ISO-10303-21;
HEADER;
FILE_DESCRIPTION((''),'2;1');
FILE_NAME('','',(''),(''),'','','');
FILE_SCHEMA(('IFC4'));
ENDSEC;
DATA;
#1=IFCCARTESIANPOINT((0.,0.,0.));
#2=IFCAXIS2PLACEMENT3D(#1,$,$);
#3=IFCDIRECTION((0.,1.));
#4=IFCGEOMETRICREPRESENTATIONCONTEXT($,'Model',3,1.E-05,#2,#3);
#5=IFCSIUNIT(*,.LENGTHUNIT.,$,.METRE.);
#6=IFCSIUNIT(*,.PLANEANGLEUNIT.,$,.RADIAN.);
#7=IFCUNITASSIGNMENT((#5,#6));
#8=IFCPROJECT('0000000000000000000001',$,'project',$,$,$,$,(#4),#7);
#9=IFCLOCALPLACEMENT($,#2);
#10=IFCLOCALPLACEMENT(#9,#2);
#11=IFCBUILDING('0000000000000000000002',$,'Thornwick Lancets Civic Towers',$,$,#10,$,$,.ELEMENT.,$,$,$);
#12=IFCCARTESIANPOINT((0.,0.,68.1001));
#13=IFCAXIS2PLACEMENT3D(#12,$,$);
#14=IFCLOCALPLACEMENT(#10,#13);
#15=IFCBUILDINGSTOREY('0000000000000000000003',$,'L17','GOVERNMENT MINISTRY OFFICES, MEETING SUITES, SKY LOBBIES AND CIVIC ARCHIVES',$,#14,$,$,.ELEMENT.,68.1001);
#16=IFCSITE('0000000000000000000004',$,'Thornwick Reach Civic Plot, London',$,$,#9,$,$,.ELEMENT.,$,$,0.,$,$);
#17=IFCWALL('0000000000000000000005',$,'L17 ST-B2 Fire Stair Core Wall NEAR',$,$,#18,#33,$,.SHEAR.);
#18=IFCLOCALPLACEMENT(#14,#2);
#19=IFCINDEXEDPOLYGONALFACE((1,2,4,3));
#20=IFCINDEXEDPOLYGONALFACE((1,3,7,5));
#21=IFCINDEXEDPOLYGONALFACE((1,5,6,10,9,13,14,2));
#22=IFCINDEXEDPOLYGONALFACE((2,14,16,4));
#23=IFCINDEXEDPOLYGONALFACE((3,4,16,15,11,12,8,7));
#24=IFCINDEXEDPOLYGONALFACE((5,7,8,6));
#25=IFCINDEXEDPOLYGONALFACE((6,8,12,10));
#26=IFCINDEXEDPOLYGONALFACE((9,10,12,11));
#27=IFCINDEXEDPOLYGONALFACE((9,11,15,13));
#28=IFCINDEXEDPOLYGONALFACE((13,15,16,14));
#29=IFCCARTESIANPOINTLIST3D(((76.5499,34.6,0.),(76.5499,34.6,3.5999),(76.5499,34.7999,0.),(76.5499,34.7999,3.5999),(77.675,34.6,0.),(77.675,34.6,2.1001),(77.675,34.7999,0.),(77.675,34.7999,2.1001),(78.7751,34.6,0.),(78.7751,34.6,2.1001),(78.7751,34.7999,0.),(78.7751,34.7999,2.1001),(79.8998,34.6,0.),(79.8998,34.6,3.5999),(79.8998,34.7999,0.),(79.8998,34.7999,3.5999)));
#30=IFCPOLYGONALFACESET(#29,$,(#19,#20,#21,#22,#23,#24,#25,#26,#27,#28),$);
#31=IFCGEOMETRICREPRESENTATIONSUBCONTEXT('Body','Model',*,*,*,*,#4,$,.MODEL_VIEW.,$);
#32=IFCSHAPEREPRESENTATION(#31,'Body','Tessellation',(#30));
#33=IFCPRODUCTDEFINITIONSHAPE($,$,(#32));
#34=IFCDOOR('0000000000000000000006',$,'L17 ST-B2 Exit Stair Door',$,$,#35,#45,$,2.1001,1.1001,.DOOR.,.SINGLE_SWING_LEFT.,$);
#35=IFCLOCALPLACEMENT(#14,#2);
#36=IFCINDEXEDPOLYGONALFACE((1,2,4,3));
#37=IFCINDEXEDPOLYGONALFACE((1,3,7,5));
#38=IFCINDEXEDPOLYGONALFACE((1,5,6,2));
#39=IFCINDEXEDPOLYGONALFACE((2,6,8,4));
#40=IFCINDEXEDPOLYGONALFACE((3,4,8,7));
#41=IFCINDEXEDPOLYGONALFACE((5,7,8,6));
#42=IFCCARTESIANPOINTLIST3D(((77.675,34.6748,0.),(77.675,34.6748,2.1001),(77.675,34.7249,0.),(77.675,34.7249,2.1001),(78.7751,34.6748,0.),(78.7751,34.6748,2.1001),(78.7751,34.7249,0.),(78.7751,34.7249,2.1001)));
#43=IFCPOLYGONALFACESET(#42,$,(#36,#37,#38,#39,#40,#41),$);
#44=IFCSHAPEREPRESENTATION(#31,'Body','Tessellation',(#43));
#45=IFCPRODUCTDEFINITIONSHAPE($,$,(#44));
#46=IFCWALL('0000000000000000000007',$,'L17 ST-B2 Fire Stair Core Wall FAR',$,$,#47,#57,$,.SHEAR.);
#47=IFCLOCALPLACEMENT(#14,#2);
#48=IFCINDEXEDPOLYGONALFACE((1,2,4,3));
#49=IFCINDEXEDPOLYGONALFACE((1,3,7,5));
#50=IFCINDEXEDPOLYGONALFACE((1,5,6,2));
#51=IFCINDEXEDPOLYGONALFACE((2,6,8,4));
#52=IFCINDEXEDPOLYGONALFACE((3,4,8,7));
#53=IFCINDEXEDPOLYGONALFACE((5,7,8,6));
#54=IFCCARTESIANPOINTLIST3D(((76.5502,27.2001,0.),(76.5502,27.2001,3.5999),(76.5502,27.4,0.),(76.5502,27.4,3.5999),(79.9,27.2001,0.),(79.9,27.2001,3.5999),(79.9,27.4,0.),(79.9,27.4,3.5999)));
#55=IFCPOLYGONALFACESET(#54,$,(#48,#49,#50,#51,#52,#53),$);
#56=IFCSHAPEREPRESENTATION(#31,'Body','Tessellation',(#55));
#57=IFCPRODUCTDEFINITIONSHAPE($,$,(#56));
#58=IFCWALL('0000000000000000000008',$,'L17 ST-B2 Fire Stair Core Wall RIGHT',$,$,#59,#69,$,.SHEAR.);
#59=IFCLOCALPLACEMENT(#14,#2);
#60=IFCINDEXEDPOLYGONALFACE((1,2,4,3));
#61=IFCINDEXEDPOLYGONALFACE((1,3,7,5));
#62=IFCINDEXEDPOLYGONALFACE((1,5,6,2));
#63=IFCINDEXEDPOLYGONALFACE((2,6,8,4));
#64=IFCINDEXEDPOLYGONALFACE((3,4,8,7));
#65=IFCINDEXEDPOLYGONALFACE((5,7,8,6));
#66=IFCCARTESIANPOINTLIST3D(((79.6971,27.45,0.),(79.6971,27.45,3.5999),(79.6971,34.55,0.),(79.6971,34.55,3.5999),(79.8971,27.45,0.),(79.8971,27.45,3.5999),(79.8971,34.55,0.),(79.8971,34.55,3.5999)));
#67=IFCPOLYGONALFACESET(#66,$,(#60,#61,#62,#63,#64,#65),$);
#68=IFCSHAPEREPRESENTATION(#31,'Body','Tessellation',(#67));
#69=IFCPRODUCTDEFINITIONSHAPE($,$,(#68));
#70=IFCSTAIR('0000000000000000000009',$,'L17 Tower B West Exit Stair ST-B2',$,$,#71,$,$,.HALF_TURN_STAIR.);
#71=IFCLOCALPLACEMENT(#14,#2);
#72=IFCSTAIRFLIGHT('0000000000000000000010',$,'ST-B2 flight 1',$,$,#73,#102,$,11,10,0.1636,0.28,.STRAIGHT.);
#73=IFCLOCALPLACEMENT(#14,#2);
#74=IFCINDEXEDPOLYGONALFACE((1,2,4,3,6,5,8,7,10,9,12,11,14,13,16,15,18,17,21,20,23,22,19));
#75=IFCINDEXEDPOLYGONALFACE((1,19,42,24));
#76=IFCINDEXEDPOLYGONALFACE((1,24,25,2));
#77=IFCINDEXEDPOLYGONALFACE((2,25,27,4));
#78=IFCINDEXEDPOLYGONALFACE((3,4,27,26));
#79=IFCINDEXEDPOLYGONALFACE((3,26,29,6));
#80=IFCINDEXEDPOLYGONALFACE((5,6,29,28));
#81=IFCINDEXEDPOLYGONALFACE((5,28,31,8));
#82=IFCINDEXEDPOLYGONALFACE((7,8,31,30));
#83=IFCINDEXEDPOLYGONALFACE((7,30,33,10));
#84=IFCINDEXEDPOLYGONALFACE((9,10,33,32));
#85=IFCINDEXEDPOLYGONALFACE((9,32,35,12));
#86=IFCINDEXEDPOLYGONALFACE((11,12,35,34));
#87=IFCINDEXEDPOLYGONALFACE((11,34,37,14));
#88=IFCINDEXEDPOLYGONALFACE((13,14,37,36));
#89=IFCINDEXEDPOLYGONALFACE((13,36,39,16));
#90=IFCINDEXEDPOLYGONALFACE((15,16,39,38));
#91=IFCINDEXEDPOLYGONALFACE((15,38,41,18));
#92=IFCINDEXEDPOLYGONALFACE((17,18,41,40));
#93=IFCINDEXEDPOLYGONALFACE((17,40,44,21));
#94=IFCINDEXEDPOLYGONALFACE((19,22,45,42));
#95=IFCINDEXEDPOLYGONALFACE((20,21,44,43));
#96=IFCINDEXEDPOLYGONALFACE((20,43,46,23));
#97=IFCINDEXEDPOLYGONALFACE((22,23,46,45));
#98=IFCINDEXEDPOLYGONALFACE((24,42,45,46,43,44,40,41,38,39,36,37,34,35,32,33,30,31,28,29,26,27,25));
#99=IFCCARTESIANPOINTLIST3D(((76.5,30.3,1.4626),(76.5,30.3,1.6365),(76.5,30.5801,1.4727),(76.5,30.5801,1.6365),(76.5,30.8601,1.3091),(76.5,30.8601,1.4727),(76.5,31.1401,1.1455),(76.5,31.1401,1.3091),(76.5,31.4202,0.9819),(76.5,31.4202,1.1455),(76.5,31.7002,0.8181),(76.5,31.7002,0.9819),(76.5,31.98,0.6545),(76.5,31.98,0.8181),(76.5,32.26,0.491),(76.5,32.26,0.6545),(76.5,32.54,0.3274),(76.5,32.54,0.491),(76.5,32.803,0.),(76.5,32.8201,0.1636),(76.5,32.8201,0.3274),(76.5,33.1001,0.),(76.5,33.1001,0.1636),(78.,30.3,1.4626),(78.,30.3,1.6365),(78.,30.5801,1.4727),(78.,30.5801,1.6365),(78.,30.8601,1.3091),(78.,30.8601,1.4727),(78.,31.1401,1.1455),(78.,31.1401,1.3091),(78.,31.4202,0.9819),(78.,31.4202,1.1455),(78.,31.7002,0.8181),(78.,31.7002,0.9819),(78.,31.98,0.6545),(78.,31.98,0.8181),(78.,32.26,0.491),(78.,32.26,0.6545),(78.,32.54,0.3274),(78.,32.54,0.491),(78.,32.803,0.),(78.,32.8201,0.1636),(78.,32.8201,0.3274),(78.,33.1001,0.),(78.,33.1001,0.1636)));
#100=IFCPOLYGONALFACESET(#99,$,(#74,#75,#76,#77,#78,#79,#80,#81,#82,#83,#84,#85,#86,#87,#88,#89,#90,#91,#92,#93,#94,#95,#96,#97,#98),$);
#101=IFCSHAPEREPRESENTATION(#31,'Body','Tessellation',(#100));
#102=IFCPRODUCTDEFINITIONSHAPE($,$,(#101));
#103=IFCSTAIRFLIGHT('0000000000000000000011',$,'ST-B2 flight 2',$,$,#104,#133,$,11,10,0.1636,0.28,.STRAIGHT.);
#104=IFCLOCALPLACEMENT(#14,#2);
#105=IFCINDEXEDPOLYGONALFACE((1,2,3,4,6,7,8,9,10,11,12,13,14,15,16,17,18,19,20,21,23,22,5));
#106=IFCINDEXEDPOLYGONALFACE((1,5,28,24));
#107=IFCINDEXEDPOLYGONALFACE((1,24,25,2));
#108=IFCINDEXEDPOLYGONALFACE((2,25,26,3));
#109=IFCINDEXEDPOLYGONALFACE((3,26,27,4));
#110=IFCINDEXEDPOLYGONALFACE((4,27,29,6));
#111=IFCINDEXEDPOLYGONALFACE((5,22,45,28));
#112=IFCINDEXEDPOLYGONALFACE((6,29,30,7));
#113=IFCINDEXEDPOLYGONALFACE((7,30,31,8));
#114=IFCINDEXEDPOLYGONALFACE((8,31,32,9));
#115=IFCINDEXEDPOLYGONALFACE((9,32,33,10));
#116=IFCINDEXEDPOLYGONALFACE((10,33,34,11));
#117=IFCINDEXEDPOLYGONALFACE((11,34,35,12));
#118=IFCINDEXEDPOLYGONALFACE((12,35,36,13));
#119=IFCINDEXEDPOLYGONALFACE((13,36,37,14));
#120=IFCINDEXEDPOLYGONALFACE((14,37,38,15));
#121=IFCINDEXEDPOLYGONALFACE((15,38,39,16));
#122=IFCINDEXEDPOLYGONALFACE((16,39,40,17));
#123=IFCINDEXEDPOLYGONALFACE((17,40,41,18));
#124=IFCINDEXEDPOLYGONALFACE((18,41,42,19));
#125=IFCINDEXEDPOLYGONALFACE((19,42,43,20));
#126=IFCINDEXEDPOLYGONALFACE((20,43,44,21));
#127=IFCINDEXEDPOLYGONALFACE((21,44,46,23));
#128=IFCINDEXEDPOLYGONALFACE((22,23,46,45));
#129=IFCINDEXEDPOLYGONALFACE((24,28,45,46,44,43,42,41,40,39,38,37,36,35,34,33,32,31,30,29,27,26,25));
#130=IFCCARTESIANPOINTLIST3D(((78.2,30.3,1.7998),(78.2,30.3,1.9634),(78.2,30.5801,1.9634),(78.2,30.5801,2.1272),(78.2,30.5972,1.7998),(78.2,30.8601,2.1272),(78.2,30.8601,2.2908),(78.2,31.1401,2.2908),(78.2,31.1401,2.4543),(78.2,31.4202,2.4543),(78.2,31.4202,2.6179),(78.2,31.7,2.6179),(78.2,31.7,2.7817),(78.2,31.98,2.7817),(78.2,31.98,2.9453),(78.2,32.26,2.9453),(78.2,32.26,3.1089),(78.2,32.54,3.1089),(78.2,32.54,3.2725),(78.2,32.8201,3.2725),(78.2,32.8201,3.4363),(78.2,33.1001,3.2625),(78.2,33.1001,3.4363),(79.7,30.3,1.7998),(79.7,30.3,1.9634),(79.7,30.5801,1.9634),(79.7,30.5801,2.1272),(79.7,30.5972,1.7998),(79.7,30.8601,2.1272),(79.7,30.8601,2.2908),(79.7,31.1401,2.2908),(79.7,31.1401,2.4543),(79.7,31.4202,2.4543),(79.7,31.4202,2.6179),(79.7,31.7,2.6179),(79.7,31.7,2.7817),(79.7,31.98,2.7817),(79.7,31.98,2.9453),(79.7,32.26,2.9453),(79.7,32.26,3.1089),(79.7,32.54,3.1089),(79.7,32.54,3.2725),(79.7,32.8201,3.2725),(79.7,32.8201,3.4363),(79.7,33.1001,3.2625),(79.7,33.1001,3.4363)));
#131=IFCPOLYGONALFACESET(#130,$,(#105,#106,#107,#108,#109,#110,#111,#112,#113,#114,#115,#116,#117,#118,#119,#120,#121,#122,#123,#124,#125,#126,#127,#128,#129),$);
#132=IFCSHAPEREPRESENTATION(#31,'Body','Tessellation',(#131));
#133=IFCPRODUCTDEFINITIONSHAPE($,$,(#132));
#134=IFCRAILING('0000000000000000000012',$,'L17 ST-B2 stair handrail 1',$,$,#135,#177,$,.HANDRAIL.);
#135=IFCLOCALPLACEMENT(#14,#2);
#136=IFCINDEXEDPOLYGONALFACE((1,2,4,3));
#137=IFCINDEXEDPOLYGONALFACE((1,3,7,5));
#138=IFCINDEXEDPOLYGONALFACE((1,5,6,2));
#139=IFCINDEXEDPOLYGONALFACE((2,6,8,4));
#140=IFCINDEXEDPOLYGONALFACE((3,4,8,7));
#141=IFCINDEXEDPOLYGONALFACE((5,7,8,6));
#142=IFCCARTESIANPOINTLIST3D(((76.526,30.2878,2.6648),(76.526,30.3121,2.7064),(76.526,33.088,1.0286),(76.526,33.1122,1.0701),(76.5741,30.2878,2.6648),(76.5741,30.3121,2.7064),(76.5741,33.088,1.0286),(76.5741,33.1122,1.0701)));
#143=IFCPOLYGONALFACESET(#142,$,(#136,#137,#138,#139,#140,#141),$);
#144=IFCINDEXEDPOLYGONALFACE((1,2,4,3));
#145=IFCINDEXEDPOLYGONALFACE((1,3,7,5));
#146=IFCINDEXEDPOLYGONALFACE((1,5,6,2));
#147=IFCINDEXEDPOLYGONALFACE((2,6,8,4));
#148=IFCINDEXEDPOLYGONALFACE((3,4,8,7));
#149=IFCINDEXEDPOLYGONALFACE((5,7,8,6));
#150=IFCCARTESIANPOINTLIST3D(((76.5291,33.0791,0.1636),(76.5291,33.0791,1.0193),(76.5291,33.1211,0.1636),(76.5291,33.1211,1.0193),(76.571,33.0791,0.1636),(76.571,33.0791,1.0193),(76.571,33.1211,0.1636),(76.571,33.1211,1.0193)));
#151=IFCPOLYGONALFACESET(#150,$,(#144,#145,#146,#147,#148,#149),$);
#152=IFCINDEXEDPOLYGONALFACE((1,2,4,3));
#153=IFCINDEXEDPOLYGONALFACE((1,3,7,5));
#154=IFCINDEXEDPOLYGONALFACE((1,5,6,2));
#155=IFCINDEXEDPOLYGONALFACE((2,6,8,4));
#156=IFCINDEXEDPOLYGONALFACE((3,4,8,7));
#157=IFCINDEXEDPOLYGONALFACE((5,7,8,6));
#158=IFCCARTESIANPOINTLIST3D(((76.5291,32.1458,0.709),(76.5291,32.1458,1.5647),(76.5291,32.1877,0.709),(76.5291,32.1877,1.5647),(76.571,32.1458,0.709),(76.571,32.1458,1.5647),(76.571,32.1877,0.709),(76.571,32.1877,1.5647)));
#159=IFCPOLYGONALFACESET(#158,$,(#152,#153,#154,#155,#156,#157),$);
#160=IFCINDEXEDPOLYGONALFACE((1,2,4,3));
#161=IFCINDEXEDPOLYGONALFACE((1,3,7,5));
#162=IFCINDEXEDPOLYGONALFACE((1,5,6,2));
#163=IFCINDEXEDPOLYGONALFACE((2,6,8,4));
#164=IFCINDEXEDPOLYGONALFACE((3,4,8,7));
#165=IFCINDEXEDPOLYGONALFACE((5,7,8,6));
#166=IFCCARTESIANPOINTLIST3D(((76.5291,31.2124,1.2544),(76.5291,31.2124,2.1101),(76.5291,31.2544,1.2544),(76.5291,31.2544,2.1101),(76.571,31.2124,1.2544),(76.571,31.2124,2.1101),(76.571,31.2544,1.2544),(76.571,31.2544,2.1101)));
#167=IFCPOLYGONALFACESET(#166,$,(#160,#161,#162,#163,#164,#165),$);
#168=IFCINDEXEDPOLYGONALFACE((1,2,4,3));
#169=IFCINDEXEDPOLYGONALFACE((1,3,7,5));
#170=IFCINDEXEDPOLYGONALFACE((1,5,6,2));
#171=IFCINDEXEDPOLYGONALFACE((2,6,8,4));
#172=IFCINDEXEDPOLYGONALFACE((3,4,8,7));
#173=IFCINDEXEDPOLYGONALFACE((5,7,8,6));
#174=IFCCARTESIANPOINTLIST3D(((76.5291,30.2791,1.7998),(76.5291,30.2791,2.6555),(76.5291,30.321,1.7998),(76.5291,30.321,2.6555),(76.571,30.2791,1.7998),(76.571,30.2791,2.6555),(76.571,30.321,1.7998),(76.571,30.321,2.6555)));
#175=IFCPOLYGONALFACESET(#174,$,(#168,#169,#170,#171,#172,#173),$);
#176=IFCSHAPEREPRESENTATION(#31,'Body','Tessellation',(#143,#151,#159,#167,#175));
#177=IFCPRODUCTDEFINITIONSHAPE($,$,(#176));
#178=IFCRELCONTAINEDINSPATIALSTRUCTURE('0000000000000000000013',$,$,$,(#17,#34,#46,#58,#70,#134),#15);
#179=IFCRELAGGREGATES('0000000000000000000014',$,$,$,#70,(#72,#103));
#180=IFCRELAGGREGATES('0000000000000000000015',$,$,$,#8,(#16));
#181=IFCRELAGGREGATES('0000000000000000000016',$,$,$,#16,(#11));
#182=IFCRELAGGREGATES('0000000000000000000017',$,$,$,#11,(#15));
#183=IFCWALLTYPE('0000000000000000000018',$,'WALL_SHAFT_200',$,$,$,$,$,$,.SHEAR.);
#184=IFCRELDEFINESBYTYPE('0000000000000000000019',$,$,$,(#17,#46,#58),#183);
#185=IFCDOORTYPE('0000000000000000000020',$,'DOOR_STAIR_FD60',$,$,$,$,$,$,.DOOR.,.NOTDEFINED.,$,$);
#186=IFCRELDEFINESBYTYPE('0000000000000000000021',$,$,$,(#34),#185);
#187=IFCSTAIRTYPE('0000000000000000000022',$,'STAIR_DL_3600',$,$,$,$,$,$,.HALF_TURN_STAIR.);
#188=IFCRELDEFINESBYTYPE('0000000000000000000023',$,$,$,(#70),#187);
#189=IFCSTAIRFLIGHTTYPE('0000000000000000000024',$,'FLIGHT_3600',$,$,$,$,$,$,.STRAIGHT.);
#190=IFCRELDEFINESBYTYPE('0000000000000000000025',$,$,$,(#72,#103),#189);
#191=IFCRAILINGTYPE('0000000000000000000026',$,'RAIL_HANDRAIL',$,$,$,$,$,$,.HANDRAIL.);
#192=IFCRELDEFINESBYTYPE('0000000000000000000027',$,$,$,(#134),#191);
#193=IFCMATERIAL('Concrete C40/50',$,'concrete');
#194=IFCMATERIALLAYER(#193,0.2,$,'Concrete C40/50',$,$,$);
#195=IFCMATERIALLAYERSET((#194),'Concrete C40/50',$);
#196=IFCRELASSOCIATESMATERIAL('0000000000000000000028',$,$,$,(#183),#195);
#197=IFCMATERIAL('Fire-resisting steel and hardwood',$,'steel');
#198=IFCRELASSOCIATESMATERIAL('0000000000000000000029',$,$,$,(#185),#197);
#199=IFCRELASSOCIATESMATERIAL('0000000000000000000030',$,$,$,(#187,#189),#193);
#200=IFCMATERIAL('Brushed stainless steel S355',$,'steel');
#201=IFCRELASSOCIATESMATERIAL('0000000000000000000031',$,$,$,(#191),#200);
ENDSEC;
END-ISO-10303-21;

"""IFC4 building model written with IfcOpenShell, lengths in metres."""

from ifc_helpers import new_model, si_unit, direction, frame, frame_2d, origin, origin_2d, place, context, subcontext, project, spatial, polyline, rectangle, outline, extrude, material, layer, layer_set, type_object, element, fill, aggregate, save


model = new_model("IFC4")

# Units and contexts
model_context = context("Model", 3, precision=1e-05, world=origin(), true_north=direction((0.0, 1.0)))
body_context = subcontext(model_context, "Body", "Model", "MODEL_VIEW")
ifc_project = project(units=[si_unit("LENGTHUNIT", "METRE"), si_unit("PLANEANGLEUNIT", "RADIAN")], contexts=[model_context])

# Site, building, storey
site_placement = place(None, origin())
site = spatial("IfcSite", under=ifc_project, at=site_placement, Name="Thornwick Reach Civic Plot, London", CompositionType="ELEMENT", RefElevation=0.0)
building_placement = place(site_placement, origin())
building = spatial("IfcBuilding", under=site, at=building_placement, Name="Thornwick Lancets Civic Towers", CompositionType="ELEMENT")
storey_placement = place(building_placement, frame((0.0, 0.0, 68.1001)))
storey = spatial("IfcBuildingStorey", under=building, at=storey_placement, Name="L17", Description="GOVERNMENT MINISTRY OFFICES, MEETING SUITES, SKY LOBBIES AND CIVIC ARCHIVES", CompositionType="ELEMENT", Elevation=68.1001)

# Shared definitions
ifc_material_1 = material(Name="Concrete C40/50", Category="concrete")

# Wall, opening, door
ifc_layer_1 = layer(ifc_material_1, 0.2, Name="Concrete C40/50")
ifc_layer_set_1 = layer_set([ifc_layer_1], Name="Concrete C40/50")
wall_type_1 = type_object("IfcWallType", Name="WALL_SHAFT_200", PredefinedType="SHEAR", material=ifc_layer_set_1)
wall_1_placement = place(storey_placement, frame((76.55, 34.7, 0.0), z_axis=(0.0, 0.0, 1.0), x_axis=(1.0, 0.0, 0.0)))
wall_1 = element("IfcWall", 1, at=wall_1_placement, inside=storey, type_object=wall_type_1, Name="L17 ST-B2 Fire Stair Core Wall NEAR", PredefinedType="SHEAR", context=body_context, shape_type="SweptSolid", body=[
    extrude(rectangle(XDim=3.3499, YDim=0.2, at=frame_2d((1.6748, 0.0))), origin(), (0.0, 0.0, 1.0), 3.5999),
])
opening_1_placement = place(wall_1_placement, frame((1.125, 0.0, 0.0)))
opening_1 = element("IfcOpeningElement", 2, at=opening_1_placement, cuts=wall_1, PredefinedType="OPENING", context=body_context, shape_type="SweptSolid", body=[
    extrude(rectangle(XDim=1.1001, YDim=2.1001, at=frame_2d((0.55, 1.05))), frame((0.0, 0.1099, 0.0), z_axis=(0.0, -1.0, 0.0), x_axis=(1.0, 0.0, 0.0)), (0.0, 0.0, 1.0), 0.22),
])
ifc_material_2 = material(Name="Fire-resisting steel and hardwood", Category="steel")
door_type_1 = type_object("IfcDoorType", Name="DOOR_STAIR_FD60", OperationType="NOTDEFINED", PredefinedType="DOOR", material=ifc_material_2)
door_1_placement = place(opening_1_placement, origin())
door_1 = element("IfcDoor", 3, at=door_1_placement, inside=storey, type_object=door_type_1, Name="L17 ST-B2 Exit Stair Door", OperationType="SINGLE_SWING_LEFT", OverallHeight=2.1001, OverallWidth=1.1001, PredefinedType="DOOR", context=body_context, shape_type="SweptSolid", body=[
    extrude(rectangle(XDim=1.1001, YDim=2.1001, at=frame_2d((0.55, 1.05))), frame((0.0, 0.0249, 0.0), z_axis=(0.0, -1.0, 0.0), x_axis=(1.0, 0.0, 0.0)), (0.0, 0.0, 1.0), 0.05),
])
fill(opening_1, door_1)

# Walls
wall_2_placement = place(storey_placement, frame((79.8999, 27.3, 0.0), z_axis=(0.0, 0.0, 1.0), x_axis=(-1.0, 0.0, 0.0)))
element("IfcWall", 4, at=wall_2_placement, inside=storey, type_object=wall_type_1, Name="L17 ST-B2 Fire Stair Core Wall FAR", PredefinedType="SHEAR", context=body_context, shape_type="SweptSolid", body=[
    extrude(rectangle(XDim=3.3499, YDim=0.2, at=frame_2d((1.6748, 0.0))), origin(), (0.0, 0.0, 1.0), 3.5999),
])
wall_3_placement = place(storey_placement, frame((79.7971, 27.45, 0.0), z_axis=(0.0, 0.0, 1.0), x_axis=(0.0, 1.0, 0.0)))
element("IfcWall", 5, at=wall_3_placement, inside=storey, type_object=wall_type_1, Name="L17 ST-B2 Fire Stair Core Wall RIGHT", PredefinedType="SHEAR", context=body_context, shape_type="SweptSolid", body=[
    extrude(rectangle(XDim=7.1001, YDim=0.2, at=frame_2d((3.55, 0.0))), origin(), (0.0, 0.0, 1.0), 3.5999),
])

# Stair, stair flights
stair_type = type_object("IfcStairType", Name="STAIR_DL_3600", PredefinedType="HALF_TURN_STAIR", material=ifc_material_1)
stair_placement = place(storey_placement, origin())
stair = element("IfcStair", 6, at=stair_placement, inside=storey, type_object=stair_type, Name="L17 Tower B West Exit Stair ST-B2", PredefinedType="HALF_TURN_STAIR")
stair_flight_type = type_object("IfcStairFlightType", Name="FLIGHT_3600", PredefinedType="STRAIGHT", material=ifc_material_1)
stair_flight_1_placement = place(storey_placement, frame((77.25, 33.1001, 0.0), z_axis=(0.0, 0.0, 1.0), x_axis=(0.0, -1.0, 0.0)))
stair_flight_1 = element("IfcStairFlight", 7, at=stair_flight_1_placement, type_object=stair_flight_type, Name="ST-B2 flight 1", NumberOfRisers=11, NumberOfTreads=10, PredefinedType="STRAIGHT", RiserHeight=0.1636, TreadLength=0.28, context=body_context, shape_type="SweptSolid", body=[
    extrude(outline(polyline([(0.0, 0.0), (0.0, 0.1636), (0.28, 0.1636), (0.28, 0.3274), (0.5601, 0.3274), (0.5601, 0.491), (0.8401, 0.491), (0.8401, 0.6545), (1.1201, 0.6545), (1.1201, 0.8181), (1.3999, 0.8181), (1.3999, 0.9819), (1.6799, 0.9819), (1.6799, 1.1455), (1.96, 1.1455), (1.96, 1.3091), (2.24, 1.3091), (2.24, 1.4727), (2.52, 1.4727), (2.52, 1.6365), (2.8, 1.6365), (2.8, 1.8), (2.8, 1.4626), (0.2971, 0.0), (0.0, 0.0)])), frame((0.0, 0.75, 0.0), z_axis=(0.0, -1.0, 0.0), x_axis=(1.0, 0.0, 0.0)), (0.0, 0.0, 1.0), 1.5),
])
stair_flight_2_placement = place(storey_placement, frame((78.95, 30.3, 1.7998), z_axis=(0.0, 0.0, 1.0), x_axis=(0.0, 1.0, 0.0)))
stair_flight_2 = element("IfcStairFlight", 8, at=stair_flight_2_placement, type_object=stair_flight_type, Name="ST-B2 flight 2", NumberOfRisers=11, NumberOfTreads=10, PredefinedType="STRAIGHT", RiserHeight=0.1636, TreadLength=0.28, context=body_context, shape_type="SweptSolid", body=[
    extrude(outline(polyline([(0.0, 0.0), (0.0, 0.1636), (0.28, 0.1636), (0.28, 0.3274), (0.5601, 0.3274), (0.5601, 0.491), (0.8401, 0.491), (0.8401, 0.6545), (1.1201, 0.6545), (1.1201, 0.8181), (1.3999, 0.8181), (1.3999, 0.9819), (1.6799, 0.9819), (1.6799, 1.1455), (1.96, 1.1455), (1.96, 1.3091), (2.24, 1.3091), (2.24, 1.4727), (2.52, 1.4727), (2.52, 1.6365), (2.8, 1.6365), (2.8, 1.8), (2.8, 1.4626), (0.2971, 0.0), (0.0, 0.0)])), frame((0.0, 0.75, 0.0), z_axis=(0.0, -1.0, 0.0), x_axis=(1.0, 0.0, 0.0)), (0.0, 0.0, 1.0), 1.5),
])
aggregate(stair, [stair_flight_1, stair_flight_2])

# Railing
ifc_material_3 = material(Name="Brushed stainless steel S355", Category="steel")
railing_type_1 = type_object("IfcRailingType", Name="RAIL_HANDRAIL", PredefinedType="HANDRAIL", material=ifc_material_3)
railing_1_placement = place(storey_placement, frame((76.55, 33.1001, 0.1636)))
element("IfcRailing", 9, at=railing_1_placement, inside=storey, type_object=railing_type_1, Name="L17 ST-B2 stair handrail 1", PredefinedType="HANDRAIL", context=body_context, shape_type="SweptSolid", body=[
    extrude(rectangle(XDim=0.0481, YDim=0.0481, at=origin_2d()), frame((0.0, 0.0, 0.8857), z_axis=(0.0, -0.863394, 0.504531), x_axis=(1.0, 0.0, 0.0)), (0.0, 0.0, 1.0), 3.2432),
    extrude(rectangle(XDim=0.042, YDim=0.042, at=origin_2d()), origin(), (0.0, 0.0, 1.0), 0.8557),
    extrude(rectangle(XDim=0.042, YDim=0.042, at=origin_2d()), frame((0.0, -0.9333, 0.5454)), (0.0, 0.0, 1.0), 0.8557),
    extrude(rectangle(XDim=0.042, YDim=0.042, at=origin_2d()), frame((0.0, -1.8667, 1.0908)), (0.0, 0.0, 1.0), 0.8557),
    extrude(rectangle(XDim=0.042, YDim=0.042, at=origin_2d()), frame((0.0, -2.8, 1.6362)), (0.0, 0.0, 1.0), 0.8557),
])

save(model, "model.ifc")
